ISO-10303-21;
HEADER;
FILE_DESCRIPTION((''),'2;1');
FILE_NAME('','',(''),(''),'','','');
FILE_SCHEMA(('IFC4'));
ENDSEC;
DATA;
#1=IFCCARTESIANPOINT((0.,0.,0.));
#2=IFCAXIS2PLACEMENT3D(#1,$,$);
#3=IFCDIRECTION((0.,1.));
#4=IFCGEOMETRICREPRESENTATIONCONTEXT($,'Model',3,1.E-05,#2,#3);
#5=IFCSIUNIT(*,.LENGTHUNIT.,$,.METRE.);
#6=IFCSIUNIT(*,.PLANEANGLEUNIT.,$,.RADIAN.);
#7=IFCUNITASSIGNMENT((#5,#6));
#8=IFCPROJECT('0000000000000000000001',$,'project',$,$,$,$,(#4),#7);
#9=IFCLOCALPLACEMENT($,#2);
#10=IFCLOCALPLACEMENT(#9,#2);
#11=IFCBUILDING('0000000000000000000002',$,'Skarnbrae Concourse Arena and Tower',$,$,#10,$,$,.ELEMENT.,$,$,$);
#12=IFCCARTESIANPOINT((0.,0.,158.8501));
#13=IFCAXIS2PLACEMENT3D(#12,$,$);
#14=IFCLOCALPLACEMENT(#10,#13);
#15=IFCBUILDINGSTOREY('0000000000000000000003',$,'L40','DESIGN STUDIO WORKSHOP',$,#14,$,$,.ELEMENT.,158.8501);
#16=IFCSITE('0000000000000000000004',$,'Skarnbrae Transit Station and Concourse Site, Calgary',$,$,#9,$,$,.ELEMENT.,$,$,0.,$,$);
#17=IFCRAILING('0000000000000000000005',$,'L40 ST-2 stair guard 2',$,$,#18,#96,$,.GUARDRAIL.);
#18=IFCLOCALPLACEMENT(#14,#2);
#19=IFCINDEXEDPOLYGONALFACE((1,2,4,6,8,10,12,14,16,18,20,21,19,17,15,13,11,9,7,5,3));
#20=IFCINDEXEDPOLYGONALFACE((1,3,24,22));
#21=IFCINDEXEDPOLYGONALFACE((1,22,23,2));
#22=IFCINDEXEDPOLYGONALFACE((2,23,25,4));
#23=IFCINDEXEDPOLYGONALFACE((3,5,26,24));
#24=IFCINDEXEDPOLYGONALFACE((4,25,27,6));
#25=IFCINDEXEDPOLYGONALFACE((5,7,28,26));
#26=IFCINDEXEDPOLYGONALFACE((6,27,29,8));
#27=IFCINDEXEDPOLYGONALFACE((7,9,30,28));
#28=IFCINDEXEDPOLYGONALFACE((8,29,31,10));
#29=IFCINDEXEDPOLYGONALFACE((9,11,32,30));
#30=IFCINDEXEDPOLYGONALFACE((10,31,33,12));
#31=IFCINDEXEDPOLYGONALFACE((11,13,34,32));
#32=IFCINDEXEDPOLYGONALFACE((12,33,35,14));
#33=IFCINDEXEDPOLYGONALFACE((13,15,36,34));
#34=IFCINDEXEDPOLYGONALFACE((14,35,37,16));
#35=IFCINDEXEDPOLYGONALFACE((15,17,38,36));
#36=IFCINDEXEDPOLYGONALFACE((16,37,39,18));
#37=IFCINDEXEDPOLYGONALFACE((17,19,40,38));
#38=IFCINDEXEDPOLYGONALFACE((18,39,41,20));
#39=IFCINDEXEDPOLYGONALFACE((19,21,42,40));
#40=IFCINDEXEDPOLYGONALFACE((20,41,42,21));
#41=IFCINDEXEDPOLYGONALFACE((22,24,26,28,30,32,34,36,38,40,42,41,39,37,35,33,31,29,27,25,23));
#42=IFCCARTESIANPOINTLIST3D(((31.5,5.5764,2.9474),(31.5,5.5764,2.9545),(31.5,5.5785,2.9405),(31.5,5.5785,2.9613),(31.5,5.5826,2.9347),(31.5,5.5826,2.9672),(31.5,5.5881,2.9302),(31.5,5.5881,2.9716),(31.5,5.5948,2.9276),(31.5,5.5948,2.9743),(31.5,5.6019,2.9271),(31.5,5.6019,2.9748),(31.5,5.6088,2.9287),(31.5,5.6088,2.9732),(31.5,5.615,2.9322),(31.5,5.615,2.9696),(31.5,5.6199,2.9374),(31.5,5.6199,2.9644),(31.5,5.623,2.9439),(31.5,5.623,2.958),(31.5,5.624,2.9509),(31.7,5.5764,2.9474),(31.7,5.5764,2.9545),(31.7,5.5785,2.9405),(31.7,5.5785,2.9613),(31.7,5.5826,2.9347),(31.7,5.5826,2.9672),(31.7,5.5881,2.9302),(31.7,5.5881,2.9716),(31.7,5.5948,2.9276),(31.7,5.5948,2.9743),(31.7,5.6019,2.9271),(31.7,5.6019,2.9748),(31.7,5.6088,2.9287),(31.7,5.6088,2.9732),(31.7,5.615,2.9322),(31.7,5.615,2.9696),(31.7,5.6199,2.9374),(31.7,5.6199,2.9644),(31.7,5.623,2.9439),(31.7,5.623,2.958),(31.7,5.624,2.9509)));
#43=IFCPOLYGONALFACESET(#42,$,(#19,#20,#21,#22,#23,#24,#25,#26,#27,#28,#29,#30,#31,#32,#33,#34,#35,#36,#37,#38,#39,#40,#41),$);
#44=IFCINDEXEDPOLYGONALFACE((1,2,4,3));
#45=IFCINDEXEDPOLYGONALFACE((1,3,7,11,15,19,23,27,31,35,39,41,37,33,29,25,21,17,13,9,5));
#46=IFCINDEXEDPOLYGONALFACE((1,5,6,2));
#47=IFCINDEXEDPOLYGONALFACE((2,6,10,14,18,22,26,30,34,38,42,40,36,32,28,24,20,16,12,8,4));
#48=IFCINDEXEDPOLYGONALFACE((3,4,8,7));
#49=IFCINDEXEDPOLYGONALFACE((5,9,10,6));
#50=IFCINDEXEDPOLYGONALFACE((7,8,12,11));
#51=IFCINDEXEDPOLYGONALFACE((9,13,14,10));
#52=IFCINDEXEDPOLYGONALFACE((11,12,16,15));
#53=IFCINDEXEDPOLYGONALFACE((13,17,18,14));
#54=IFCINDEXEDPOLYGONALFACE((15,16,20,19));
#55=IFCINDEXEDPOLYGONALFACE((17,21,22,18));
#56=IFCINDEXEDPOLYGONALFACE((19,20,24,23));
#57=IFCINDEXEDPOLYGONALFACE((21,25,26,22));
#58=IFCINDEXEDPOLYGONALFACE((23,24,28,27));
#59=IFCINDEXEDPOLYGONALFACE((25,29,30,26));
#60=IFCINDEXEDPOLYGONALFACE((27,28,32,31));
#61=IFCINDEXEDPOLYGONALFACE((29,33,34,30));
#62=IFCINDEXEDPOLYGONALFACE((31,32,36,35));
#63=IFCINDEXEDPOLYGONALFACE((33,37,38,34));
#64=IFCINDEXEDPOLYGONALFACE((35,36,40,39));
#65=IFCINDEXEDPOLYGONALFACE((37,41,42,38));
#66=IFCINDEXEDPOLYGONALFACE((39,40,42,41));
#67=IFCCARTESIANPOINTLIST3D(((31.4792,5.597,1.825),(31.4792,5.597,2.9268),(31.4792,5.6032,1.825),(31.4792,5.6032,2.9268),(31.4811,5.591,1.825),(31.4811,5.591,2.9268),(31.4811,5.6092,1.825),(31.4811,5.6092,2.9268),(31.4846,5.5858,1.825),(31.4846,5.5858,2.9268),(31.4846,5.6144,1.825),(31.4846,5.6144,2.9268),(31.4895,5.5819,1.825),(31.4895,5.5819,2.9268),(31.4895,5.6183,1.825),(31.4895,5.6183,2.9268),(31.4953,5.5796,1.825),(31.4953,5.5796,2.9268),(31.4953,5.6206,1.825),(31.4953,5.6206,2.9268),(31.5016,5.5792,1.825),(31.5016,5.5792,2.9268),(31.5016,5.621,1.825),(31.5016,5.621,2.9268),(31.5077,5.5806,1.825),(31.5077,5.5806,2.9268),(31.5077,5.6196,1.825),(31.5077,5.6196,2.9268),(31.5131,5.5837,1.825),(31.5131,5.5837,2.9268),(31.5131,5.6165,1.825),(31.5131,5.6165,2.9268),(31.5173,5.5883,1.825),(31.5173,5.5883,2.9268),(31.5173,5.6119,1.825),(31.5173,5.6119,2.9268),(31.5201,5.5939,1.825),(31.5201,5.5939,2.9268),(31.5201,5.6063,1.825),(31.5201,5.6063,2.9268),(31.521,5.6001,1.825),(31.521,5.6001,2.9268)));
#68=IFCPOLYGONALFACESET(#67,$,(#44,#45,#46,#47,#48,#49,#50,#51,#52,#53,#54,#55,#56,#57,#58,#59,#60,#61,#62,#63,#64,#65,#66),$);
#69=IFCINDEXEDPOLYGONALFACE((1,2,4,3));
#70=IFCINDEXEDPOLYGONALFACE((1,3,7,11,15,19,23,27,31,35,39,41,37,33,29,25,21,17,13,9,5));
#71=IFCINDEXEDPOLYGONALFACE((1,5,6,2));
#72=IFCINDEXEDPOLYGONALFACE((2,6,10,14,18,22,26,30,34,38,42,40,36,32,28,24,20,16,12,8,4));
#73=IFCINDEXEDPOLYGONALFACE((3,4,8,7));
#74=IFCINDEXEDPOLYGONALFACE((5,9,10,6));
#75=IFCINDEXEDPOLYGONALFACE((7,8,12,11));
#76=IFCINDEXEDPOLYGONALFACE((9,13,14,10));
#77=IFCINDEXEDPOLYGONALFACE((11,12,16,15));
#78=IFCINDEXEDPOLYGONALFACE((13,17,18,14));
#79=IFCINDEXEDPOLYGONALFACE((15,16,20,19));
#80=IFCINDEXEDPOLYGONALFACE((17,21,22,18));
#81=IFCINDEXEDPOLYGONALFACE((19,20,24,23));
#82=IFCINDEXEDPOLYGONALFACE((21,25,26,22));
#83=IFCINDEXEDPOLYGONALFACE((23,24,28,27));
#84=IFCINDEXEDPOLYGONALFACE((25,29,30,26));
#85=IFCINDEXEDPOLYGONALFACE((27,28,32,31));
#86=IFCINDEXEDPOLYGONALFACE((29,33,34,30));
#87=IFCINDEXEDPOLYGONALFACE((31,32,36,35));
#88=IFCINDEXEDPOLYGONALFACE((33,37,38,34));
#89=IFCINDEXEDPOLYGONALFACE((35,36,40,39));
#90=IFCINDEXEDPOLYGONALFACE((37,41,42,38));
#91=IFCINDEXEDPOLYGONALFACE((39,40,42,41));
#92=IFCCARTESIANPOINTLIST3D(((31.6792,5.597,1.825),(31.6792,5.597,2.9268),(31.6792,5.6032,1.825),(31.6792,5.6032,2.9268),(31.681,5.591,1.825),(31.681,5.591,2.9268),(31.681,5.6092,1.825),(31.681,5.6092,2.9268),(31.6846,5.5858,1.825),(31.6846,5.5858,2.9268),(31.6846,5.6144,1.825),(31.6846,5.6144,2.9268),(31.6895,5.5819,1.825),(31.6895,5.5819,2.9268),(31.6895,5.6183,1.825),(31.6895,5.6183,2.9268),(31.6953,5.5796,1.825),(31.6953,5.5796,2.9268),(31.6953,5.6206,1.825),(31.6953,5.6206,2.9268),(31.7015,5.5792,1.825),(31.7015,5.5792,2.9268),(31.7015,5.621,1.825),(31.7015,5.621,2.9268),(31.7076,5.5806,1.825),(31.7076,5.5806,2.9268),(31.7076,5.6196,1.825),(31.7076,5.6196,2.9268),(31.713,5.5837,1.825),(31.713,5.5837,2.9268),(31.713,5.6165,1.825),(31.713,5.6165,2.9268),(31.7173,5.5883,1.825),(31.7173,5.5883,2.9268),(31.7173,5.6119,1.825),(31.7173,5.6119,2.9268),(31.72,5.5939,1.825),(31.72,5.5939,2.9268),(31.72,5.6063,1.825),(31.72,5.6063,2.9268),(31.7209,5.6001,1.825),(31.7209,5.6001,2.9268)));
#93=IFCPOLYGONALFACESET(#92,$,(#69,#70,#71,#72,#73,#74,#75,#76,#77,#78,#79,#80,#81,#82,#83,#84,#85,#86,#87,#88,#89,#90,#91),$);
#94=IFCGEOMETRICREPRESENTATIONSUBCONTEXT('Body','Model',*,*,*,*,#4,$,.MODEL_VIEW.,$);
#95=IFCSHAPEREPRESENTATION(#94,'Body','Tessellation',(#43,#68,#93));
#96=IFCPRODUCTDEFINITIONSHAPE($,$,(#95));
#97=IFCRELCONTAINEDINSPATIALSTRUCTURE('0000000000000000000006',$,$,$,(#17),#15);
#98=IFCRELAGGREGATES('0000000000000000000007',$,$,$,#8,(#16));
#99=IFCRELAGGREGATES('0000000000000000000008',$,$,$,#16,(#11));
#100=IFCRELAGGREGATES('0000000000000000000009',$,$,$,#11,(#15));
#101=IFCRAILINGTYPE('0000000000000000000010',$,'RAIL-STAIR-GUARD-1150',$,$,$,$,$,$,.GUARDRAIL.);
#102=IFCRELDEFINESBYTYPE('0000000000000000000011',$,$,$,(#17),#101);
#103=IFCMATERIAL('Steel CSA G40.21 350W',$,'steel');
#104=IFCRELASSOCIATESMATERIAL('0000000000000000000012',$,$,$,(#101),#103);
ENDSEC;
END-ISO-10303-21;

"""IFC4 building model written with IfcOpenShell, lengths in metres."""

from ifc_helpers import new_model, si_unit, direction, frame, origin, origin_2d, place, context, subcontext, project, spatial, circle, extrude, material, type_object, element, save


model = new_model("IFC4")

# Units and contexts
model_context = context("Model", 3, precision=1e-05, world=origin(), true_north=direction((0.0, 1.0)))
body_context = subcontext(model_context, "Body", "Model", "MODEL_VIEW")
ifc_project = project(units=[si_unit("LENGTHUNIT", "METRE"), si_unit("PLANEANGLEUNIT", "RADIAN")], contexts=[model_context])

# Site, building, storey
site_placement = place(None, origin())
site = spatial("IfcSite", under=ifc_project, at=site_placement, Name="Skarnbrae Transit Station and Concourse Site, Calgary", CompositionType="ELEMENT", RefElevation=0.0)
building_placement = place(site_placement, origin())
building = spatial("IfcBuilding", under=site, at=building_placement, Name="Skarnbrae Concourse Arena and Tower", CompositionType="ELEMENT")
storey_placement = place(building_placement, frame((0.0, 0.0, 158.8501)))
storey = spatial("IfcBuildingStorey", under=building, at=storey_placement, Name="L40", Description="DESIGN STUDIO WORKSHOP", CompositionType="ELEMENT", Elevation=158.8501)

# Shared definitions
ifc_material_1 = material(Name="Steel CSA G40.21 350W", Category="steel")

# Railing
railing_type_1 = type_object("IfcRailingType", Name="RAIL-STAIR-GUARD-1150", PredefinedType="GUARDRAIL", material=ifc_material_1)
railing_1_placement = place(storey_placement, frame((31.5, 5.6001, 1.825)))
element("IfcRailing", 1, at=railing_1_placement, inside=storey, type_object=railing_type_1, Name="L40 ST-2 stair guard 2", PredefinedType="GUARDRAIL", context=body_context, shape_type="SweptSolid", body=[
    extrude(circle(Radius=0.0239, at=origin_2d()), frame((0.0, 0.0, 1.126), z_axis=(1.0, 0.0, 0.0), x_axis=(0.0, 1.0, 0.0)), (0.0, 0.0, 1.0), 0.2),
    extrude(circle(Radius=0.021, at=origin_2d()), origin(), (0.0, 0.0, 1.0), 1.1018),
    extrude(circle(Radius=0.021, at=origin_2d()), frame((0.2, 0.0, 0.0)), (0.0, 0.0, 1.0), 1.1018),
])

save(model, "model.ifc")
